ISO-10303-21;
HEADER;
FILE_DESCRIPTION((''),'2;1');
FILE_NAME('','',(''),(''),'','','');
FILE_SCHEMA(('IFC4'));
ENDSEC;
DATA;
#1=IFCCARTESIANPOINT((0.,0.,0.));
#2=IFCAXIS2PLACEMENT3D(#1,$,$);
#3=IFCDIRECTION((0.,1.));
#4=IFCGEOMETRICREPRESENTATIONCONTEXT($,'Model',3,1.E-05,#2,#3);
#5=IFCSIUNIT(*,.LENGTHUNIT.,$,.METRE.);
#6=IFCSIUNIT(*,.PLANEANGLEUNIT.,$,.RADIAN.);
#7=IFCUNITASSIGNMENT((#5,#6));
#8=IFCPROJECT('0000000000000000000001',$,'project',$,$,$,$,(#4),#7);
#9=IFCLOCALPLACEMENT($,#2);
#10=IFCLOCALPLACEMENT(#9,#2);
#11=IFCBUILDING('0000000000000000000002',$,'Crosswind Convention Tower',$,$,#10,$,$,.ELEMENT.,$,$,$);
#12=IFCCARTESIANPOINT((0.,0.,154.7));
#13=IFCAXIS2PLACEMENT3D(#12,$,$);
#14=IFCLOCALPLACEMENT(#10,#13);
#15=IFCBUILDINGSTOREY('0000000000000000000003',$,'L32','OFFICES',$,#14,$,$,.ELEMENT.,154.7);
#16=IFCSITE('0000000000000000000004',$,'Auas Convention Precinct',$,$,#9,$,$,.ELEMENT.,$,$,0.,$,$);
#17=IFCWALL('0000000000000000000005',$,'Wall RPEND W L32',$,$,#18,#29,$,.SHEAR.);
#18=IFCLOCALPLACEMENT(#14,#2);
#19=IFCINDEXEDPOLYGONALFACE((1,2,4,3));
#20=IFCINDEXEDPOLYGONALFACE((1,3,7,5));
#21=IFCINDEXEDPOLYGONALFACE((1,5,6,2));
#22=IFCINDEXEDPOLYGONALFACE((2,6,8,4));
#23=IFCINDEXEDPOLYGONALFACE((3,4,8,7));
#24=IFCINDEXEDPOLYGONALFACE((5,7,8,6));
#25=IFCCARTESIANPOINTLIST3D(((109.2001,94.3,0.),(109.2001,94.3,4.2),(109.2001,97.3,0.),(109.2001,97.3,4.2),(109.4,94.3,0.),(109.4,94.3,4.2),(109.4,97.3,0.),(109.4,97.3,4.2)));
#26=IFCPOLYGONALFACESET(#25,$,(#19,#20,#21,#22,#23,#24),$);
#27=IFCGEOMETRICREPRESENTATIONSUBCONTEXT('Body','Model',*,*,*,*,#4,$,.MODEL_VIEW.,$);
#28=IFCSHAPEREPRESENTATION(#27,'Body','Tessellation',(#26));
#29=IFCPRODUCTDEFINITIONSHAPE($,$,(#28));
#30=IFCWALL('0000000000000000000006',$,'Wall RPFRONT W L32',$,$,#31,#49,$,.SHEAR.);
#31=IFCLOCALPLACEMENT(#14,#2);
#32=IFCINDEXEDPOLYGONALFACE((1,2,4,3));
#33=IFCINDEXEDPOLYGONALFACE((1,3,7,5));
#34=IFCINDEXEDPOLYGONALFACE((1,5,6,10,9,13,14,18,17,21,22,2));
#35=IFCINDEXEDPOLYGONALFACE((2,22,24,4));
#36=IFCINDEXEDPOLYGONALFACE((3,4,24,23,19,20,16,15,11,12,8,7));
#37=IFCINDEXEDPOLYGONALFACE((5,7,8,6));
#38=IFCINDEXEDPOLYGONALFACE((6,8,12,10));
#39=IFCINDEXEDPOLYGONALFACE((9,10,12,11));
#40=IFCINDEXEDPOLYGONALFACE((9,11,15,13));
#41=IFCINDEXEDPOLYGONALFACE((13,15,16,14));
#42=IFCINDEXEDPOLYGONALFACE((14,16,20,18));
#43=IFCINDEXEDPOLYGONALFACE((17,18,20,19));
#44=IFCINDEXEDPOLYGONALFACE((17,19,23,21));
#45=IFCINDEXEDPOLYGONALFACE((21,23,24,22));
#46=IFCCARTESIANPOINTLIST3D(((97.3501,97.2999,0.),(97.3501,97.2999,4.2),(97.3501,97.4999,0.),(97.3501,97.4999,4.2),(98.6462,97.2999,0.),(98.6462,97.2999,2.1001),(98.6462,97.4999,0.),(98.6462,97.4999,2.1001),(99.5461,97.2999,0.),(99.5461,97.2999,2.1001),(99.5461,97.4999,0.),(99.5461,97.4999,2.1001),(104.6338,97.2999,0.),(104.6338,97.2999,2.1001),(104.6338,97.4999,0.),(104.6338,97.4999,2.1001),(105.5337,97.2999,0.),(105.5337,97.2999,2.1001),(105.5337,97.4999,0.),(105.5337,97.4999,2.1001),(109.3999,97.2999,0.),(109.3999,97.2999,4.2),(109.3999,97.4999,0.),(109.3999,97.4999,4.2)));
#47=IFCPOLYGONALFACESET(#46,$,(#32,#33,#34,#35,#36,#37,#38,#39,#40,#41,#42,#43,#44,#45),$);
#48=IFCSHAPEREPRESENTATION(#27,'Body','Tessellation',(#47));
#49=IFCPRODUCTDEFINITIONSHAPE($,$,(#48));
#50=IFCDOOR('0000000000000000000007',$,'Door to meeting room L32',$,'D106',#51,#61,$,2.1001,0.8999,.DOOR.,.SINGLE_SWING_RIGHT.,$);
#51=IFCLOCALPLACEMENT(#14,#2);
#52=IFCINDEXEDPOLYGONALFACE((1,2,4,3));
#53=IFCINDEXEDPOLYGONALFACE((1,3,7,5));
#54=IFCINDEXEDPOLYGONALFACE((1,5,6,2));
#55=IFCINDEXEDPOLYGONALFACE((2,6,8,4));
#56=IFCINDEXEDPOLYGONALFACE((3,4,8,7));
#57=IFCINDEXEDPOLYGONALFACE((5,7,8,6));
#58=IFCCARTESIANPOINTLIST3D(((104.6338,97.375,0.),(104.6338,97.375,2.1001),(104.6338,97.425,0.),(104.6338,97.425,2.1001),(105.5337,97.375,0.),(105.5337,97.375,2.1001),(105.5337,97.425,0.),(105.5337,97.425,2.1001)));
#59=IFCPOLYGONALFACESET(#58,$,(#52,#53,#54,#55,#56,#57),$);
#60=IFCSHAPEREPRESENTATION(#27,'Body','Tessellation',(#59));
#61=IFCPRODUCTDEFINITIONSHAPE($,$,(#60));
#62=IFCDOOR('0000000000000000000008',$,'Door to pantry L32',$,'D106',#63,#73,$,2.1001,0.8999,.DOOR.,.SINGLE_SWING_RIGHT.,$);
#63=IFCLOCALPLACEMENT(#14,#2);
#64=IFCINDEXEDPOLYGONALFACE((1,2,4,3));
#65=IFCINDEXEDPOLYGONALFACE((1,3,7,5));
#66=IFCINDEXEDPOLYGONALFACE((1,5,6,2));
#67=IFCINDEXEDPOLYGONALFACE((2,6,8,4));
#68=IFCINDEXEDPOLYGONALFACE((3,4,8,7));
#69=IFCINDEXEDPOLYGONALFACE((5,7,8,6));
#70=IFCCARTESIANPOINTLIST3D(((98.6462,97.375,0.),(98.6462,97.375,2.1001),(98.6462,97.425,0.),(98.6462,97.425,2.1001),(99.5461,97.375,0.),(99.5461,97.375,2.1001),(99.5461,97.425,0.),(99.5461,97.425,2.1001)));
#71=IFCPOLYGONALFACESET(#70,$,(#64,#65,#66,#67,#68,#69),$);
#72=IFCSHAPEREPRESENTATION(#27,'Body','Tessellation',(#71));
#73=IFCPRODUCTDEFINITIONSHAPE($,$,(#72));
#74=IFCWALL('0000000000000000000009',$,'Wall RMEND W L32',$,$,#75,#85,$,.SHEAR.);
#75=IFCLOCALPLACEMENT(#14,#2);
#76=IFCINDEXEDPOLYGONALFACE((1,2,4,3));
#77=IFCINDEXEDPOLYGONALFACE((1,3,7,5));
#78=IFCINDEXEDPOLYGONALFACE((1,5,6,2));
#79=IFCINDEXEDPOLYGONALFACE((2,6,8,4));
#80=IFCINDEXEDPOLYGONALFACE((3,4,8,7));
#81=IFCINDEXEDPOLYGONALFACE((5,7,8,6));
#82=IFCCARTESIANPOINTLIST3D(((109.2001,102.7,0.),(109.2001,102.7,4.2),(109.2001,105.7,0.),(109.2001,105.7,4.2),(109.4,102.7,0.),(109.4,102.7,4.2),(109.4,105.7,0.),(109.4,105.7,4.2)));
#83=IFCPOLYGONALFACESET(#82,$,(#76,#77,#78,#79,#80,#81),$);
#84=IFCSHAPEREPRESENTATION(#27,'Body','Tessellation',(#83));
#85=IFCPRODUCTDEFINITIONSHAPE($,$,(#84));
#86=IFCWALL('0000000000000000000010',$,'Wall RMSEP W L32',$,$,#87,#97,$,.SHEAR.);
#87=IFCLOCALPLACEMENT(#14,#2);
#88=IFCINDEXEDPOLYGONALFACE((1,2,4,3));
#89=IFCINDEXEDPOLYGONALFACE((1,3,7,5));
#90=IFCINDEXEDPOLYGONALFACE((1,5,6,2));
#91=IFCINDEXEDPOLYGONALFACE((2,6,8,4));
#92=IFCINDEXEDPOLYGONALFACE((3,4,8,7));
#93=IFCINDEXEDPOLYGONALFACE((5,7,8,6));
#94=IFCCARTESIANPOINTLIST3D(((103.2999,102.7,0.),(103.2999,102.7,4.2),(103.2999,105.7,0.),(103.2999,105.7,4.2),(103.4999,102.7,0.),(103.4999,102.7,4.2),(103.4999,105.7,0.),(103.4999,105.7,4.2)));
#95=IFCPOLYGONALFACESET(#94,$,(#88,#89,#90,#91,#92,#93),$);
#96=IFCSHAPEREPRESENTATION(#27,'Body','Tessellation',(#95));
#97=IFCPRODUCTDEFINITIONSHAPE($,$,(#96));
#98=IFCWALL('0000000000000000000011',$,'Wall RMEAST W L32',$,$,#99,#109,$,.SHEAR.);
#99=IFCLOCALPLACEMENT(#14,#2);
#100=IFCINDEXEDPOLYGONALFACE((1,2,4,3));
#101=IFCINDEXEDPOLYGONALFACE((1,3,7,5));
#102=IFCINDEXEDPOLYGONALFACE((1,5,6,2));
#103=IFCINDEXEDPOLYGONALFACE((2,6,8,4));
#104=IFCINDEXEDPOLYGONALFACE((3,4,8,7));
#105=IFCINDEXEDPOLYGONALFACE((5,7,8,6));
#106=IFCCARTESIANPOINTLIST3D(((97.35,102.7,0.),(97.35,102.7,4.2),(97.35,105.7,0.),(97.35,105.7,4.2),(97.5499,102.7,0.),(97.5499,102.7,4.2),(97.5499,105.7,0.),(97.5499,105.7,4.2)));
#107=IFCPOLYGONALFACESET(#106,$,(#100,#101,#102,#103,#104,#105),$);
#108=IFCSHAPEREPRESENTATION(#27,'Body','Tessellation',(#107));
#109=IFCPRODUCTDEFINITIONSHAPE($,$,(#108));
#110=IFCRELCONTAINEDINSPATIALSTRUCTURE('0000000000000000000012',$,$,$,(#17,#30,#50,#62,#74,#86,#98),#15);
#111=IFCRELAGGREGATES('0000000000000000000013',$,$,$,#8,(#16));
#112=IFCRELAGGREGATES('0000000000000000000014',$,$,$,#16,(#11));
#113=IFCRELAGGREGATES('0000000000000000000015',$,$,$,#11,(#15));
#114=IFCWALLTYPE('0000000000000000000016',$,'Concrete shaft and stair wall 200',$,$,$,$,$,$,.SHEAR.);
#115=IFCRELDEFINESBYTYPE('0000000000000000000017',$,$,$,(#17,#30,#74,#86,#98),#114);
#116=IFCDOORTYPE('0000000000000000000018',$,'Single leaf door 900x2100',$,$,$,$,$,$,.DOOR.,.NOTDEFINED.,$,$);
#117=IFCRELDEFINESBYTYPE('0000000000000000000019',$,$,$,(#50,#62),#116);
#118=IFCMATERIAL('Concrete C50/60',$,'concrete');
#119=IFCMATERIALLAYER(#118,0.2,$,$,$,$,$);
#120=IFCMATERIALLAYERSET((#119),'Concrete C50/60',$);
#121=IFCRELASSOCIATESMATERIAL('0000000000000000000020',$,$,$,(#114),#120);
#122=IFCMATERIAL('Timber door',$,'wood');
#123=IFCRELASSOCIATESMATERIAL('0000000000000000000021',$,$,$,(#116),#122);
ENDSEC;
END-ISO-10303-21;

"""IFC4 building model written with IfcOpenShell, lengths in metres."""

from ifc_helpers import new_model, si_unit, direction, frame, frame_2d, origin, place, context, subcontext, project, spatial, rectangle, extrude, material, layer, layer_set, type_object, element, fill, save


model = new_model("IFC4")

# Units and contexts
model_context = context("Model", 3, precision=1e-05, world=origin(), true_north=direction((0.0, 1.0)))
body_context = subcontext(model_context, "Body", "Model", "MODEL_VIEW")
ifc_project = project(units=[si_unit("LENGTHUNIT", "METRE"), si_unit("PLANEANGLEUNIT", "RADIAN")], contexts=[model_context])

# Site, building, storey
site_placement = place(None, origin())
site = spatial("IfcSite", under=ifc_project, at=site_placement, Name="Auas Convention Precinct", CompositionType="ELEMENT", RefElevation=0.0)
building_placement = place(site_placement, origin())
building = spatial("IfcBuilding", under=site, at=building_placement, Name="Crosswind Convention Tower", CompositionType="ELEMENT")
storey_placement = place(building_placement, frame((0.0, 0.0, 154.7)))
storey = spatial("IfcBuildingStorey", under=building, at=storey_placement, Name="L32", Description="OFFICES", CompositionType="ELEMENT", Elevation=154.7)

# Wall
ifc_material_1 = material(Name="Concrete C50/60", Category="concrete")
ifc_layer_1 = layer(ifc_material_1, 0.2)
ifc_layer_set_1 = layer_set([ifc_layer_1], Name="Concrete C50/60")
wall_type_1 = type_object("IfcWallType", Name="Concrete shaft and stair wall 200", PredefinedType="SHEAR", material=ifc_layer_set_1)
wall_1_placement = place(storey_placement, frame((109.3, 97.3, 0.0), z_axis=(0.0, 0.0, 1.0), x_axis=(0.0, -1.0, 0.0)))
element("IfcWall", 1, at=wall_1_placement, inside=storey, type_object=wall_type_1, Name="Wall RPEND W L32", PredefinedType="SHEAR", context=body_context, shape_type="SweptSolid", body=[
    extrude(rectangle(XDim=3.0, YDim=0.2, at=frame_2d((1.5, 0.0))), origin(), (0.0, 0.0, 1.0), 4.2),
])

# Wall, openings, doors
wall_2_placement = place(storey_placement, frame((109.3999, 97.3999, 0.0), z_axis=(0.0, 0.0, 1.0), x_axis=(-1.0, 0.0, 0.0)))
wall_2 = element("IfcWall", 2, at=wall_2_placement, inside=storey, type_object=wall_type_1, Name="Wall RPFRONT W L32", PredefinedType="SHEAR", context=body_context, shape_type="SweptSolid", body=[
    extrude(rectangle(XDim=12.0498, YDim=0.2, at=frame_2d((6.0249, 0.0))), origin(), (0.0, 0.0, 1.0), 4.2),
])
opening_1_placement = place(wall_2_placement, frame((3.8662, 0.0, 0.0)))
opening_1 = element("IfcOpeningElement", 3, at=opening_1_placement, cuts=wall_2, PredefinedType="OPENING", context=body_context, shape_type="SweptSolid", body=[
    extrude(rectangle(XDim=0.8999, YDim=2.1001, at=frame_2d((0.45, 1.05))), frame((0.0, 0.1099, 0.0), z_axis=(0.0, -1.0, 0.0), x_axis=(1.0, 0.0, 0.0)), (0.0, 0.0, 1.0), 0.22),
])
opening_2_placement = place(wall_2_placement, frame((9.8538, 0.0, 0.0)))
opening_2 = element("IfcOpeningElement", 4, at=opening_2_placement, cuts=wall_2, PredefinedType="OPENING", context=body_context, shape_type="SweptSolid", body=[
    extrude(rectangle(XDim=0.8999, YDim=2.1001, at=frame_2d((0.45, 1.05))), frame((0.0, 0.1099, 0.0), z_axis=(0.0, -1.0, 0.0), x_axis=(1.0, 0.0, 0.0)), (0.0, 0.0, 1.0), 0.22),
])
ifc_material_2 = material(Name="Timber door", Category="wood")
door_type_1 = type_object("IfcDoorType", Name="Single leaf door 900x2100", OperationType="NOTDEFINED", PredefinedType="DOOR", material=ifc_material_2)
door_1_placement = place(opening_1_placement, origin())
door_1 = element("IfcDoor", 5, at=door_1_placement, inside=storey, type_object=door_type_1, Name="Door to meeting room L32", ObjectType="D106", OperationType="SINGLE_SWING_RIGHT", OverallHeight=2.1001, OverallWidth=0.8999, PredefinedType="DOOR", context=body_context, shape_type="SweptSolid", body=[
    extrude(rectangle(XDim=0.8999, YDim=2.1001, at=frame_2d((0.45, 1.05))), frame((0.0, 0.0249, 0.0), z_axis=(0.0, -1.0, 0.0), x_axis=(1.0, 0.0, 0.0)), (0.0, 0.0, 1.0), 0.05),
])
fill(opening_1, door_1)
door_2_placement = place(opening_2_placement, origin())
door_2 = element("IfcDoor", 6, at=door_2_placement, inside=storey, type_object=door_type_1, Name="Door to pantry L32", ObjectType="D106", OperationType="SINGLE_SWING_RIGHT", OverallHeight=2.1001, OverallWidth=0.8999, PredefinedType="DOOR", context=body_context, shape_type="SweptSolid", body=[
    extrude(rectangle(XDim=0.8999, YDim=2.1001, at=frame_2d((0.45, 1.05))), frame((0.0, 0.0249, 0.0), z_axis=(0.0, -1.0, 0.0), x_axis=(1.0, 0.0, 0.0)), (0.0, 0.0, 1.0), 0.05),
])
fill(opening_2, door_2)

# Walls
for number, where, z_axis, x_axis, name in (
    (7, (109.3, 105.7, 0.0), (0.0, 0.0, 1.0), (0.0, -1.0, 0.0), "Wall RMEND W L32"),
    (8, (103.3999, 105.7, 0.0), (0.0, 0.0, 1.0), (0.0, -1.0, 0.0), "Wall RMSEP W L32"),
    (9, (97.45, 105.7, 0.0), (0.0, 0.0, 1.0), (0.0, -1.0, 0.0), "Wall RMEAST W L32"),
):
    element("IfcWall", number, at=place(storey_placement, frame(where, z_axis=z_axis, x_axis=x_axis)), inside=storey, type_object=wall_type_1, Name=name, PredefinedType="SHEAR", context=body_context, shape_type="SweptSolid", body=[
        extrude(rectangle(XDim=3.0, YDim=0.2, at=frame_2d((1.5, 0.0))), origin(), (0.0, 0.0, 1.0), 4.2),
    ])

save(model, "model.ifc")
